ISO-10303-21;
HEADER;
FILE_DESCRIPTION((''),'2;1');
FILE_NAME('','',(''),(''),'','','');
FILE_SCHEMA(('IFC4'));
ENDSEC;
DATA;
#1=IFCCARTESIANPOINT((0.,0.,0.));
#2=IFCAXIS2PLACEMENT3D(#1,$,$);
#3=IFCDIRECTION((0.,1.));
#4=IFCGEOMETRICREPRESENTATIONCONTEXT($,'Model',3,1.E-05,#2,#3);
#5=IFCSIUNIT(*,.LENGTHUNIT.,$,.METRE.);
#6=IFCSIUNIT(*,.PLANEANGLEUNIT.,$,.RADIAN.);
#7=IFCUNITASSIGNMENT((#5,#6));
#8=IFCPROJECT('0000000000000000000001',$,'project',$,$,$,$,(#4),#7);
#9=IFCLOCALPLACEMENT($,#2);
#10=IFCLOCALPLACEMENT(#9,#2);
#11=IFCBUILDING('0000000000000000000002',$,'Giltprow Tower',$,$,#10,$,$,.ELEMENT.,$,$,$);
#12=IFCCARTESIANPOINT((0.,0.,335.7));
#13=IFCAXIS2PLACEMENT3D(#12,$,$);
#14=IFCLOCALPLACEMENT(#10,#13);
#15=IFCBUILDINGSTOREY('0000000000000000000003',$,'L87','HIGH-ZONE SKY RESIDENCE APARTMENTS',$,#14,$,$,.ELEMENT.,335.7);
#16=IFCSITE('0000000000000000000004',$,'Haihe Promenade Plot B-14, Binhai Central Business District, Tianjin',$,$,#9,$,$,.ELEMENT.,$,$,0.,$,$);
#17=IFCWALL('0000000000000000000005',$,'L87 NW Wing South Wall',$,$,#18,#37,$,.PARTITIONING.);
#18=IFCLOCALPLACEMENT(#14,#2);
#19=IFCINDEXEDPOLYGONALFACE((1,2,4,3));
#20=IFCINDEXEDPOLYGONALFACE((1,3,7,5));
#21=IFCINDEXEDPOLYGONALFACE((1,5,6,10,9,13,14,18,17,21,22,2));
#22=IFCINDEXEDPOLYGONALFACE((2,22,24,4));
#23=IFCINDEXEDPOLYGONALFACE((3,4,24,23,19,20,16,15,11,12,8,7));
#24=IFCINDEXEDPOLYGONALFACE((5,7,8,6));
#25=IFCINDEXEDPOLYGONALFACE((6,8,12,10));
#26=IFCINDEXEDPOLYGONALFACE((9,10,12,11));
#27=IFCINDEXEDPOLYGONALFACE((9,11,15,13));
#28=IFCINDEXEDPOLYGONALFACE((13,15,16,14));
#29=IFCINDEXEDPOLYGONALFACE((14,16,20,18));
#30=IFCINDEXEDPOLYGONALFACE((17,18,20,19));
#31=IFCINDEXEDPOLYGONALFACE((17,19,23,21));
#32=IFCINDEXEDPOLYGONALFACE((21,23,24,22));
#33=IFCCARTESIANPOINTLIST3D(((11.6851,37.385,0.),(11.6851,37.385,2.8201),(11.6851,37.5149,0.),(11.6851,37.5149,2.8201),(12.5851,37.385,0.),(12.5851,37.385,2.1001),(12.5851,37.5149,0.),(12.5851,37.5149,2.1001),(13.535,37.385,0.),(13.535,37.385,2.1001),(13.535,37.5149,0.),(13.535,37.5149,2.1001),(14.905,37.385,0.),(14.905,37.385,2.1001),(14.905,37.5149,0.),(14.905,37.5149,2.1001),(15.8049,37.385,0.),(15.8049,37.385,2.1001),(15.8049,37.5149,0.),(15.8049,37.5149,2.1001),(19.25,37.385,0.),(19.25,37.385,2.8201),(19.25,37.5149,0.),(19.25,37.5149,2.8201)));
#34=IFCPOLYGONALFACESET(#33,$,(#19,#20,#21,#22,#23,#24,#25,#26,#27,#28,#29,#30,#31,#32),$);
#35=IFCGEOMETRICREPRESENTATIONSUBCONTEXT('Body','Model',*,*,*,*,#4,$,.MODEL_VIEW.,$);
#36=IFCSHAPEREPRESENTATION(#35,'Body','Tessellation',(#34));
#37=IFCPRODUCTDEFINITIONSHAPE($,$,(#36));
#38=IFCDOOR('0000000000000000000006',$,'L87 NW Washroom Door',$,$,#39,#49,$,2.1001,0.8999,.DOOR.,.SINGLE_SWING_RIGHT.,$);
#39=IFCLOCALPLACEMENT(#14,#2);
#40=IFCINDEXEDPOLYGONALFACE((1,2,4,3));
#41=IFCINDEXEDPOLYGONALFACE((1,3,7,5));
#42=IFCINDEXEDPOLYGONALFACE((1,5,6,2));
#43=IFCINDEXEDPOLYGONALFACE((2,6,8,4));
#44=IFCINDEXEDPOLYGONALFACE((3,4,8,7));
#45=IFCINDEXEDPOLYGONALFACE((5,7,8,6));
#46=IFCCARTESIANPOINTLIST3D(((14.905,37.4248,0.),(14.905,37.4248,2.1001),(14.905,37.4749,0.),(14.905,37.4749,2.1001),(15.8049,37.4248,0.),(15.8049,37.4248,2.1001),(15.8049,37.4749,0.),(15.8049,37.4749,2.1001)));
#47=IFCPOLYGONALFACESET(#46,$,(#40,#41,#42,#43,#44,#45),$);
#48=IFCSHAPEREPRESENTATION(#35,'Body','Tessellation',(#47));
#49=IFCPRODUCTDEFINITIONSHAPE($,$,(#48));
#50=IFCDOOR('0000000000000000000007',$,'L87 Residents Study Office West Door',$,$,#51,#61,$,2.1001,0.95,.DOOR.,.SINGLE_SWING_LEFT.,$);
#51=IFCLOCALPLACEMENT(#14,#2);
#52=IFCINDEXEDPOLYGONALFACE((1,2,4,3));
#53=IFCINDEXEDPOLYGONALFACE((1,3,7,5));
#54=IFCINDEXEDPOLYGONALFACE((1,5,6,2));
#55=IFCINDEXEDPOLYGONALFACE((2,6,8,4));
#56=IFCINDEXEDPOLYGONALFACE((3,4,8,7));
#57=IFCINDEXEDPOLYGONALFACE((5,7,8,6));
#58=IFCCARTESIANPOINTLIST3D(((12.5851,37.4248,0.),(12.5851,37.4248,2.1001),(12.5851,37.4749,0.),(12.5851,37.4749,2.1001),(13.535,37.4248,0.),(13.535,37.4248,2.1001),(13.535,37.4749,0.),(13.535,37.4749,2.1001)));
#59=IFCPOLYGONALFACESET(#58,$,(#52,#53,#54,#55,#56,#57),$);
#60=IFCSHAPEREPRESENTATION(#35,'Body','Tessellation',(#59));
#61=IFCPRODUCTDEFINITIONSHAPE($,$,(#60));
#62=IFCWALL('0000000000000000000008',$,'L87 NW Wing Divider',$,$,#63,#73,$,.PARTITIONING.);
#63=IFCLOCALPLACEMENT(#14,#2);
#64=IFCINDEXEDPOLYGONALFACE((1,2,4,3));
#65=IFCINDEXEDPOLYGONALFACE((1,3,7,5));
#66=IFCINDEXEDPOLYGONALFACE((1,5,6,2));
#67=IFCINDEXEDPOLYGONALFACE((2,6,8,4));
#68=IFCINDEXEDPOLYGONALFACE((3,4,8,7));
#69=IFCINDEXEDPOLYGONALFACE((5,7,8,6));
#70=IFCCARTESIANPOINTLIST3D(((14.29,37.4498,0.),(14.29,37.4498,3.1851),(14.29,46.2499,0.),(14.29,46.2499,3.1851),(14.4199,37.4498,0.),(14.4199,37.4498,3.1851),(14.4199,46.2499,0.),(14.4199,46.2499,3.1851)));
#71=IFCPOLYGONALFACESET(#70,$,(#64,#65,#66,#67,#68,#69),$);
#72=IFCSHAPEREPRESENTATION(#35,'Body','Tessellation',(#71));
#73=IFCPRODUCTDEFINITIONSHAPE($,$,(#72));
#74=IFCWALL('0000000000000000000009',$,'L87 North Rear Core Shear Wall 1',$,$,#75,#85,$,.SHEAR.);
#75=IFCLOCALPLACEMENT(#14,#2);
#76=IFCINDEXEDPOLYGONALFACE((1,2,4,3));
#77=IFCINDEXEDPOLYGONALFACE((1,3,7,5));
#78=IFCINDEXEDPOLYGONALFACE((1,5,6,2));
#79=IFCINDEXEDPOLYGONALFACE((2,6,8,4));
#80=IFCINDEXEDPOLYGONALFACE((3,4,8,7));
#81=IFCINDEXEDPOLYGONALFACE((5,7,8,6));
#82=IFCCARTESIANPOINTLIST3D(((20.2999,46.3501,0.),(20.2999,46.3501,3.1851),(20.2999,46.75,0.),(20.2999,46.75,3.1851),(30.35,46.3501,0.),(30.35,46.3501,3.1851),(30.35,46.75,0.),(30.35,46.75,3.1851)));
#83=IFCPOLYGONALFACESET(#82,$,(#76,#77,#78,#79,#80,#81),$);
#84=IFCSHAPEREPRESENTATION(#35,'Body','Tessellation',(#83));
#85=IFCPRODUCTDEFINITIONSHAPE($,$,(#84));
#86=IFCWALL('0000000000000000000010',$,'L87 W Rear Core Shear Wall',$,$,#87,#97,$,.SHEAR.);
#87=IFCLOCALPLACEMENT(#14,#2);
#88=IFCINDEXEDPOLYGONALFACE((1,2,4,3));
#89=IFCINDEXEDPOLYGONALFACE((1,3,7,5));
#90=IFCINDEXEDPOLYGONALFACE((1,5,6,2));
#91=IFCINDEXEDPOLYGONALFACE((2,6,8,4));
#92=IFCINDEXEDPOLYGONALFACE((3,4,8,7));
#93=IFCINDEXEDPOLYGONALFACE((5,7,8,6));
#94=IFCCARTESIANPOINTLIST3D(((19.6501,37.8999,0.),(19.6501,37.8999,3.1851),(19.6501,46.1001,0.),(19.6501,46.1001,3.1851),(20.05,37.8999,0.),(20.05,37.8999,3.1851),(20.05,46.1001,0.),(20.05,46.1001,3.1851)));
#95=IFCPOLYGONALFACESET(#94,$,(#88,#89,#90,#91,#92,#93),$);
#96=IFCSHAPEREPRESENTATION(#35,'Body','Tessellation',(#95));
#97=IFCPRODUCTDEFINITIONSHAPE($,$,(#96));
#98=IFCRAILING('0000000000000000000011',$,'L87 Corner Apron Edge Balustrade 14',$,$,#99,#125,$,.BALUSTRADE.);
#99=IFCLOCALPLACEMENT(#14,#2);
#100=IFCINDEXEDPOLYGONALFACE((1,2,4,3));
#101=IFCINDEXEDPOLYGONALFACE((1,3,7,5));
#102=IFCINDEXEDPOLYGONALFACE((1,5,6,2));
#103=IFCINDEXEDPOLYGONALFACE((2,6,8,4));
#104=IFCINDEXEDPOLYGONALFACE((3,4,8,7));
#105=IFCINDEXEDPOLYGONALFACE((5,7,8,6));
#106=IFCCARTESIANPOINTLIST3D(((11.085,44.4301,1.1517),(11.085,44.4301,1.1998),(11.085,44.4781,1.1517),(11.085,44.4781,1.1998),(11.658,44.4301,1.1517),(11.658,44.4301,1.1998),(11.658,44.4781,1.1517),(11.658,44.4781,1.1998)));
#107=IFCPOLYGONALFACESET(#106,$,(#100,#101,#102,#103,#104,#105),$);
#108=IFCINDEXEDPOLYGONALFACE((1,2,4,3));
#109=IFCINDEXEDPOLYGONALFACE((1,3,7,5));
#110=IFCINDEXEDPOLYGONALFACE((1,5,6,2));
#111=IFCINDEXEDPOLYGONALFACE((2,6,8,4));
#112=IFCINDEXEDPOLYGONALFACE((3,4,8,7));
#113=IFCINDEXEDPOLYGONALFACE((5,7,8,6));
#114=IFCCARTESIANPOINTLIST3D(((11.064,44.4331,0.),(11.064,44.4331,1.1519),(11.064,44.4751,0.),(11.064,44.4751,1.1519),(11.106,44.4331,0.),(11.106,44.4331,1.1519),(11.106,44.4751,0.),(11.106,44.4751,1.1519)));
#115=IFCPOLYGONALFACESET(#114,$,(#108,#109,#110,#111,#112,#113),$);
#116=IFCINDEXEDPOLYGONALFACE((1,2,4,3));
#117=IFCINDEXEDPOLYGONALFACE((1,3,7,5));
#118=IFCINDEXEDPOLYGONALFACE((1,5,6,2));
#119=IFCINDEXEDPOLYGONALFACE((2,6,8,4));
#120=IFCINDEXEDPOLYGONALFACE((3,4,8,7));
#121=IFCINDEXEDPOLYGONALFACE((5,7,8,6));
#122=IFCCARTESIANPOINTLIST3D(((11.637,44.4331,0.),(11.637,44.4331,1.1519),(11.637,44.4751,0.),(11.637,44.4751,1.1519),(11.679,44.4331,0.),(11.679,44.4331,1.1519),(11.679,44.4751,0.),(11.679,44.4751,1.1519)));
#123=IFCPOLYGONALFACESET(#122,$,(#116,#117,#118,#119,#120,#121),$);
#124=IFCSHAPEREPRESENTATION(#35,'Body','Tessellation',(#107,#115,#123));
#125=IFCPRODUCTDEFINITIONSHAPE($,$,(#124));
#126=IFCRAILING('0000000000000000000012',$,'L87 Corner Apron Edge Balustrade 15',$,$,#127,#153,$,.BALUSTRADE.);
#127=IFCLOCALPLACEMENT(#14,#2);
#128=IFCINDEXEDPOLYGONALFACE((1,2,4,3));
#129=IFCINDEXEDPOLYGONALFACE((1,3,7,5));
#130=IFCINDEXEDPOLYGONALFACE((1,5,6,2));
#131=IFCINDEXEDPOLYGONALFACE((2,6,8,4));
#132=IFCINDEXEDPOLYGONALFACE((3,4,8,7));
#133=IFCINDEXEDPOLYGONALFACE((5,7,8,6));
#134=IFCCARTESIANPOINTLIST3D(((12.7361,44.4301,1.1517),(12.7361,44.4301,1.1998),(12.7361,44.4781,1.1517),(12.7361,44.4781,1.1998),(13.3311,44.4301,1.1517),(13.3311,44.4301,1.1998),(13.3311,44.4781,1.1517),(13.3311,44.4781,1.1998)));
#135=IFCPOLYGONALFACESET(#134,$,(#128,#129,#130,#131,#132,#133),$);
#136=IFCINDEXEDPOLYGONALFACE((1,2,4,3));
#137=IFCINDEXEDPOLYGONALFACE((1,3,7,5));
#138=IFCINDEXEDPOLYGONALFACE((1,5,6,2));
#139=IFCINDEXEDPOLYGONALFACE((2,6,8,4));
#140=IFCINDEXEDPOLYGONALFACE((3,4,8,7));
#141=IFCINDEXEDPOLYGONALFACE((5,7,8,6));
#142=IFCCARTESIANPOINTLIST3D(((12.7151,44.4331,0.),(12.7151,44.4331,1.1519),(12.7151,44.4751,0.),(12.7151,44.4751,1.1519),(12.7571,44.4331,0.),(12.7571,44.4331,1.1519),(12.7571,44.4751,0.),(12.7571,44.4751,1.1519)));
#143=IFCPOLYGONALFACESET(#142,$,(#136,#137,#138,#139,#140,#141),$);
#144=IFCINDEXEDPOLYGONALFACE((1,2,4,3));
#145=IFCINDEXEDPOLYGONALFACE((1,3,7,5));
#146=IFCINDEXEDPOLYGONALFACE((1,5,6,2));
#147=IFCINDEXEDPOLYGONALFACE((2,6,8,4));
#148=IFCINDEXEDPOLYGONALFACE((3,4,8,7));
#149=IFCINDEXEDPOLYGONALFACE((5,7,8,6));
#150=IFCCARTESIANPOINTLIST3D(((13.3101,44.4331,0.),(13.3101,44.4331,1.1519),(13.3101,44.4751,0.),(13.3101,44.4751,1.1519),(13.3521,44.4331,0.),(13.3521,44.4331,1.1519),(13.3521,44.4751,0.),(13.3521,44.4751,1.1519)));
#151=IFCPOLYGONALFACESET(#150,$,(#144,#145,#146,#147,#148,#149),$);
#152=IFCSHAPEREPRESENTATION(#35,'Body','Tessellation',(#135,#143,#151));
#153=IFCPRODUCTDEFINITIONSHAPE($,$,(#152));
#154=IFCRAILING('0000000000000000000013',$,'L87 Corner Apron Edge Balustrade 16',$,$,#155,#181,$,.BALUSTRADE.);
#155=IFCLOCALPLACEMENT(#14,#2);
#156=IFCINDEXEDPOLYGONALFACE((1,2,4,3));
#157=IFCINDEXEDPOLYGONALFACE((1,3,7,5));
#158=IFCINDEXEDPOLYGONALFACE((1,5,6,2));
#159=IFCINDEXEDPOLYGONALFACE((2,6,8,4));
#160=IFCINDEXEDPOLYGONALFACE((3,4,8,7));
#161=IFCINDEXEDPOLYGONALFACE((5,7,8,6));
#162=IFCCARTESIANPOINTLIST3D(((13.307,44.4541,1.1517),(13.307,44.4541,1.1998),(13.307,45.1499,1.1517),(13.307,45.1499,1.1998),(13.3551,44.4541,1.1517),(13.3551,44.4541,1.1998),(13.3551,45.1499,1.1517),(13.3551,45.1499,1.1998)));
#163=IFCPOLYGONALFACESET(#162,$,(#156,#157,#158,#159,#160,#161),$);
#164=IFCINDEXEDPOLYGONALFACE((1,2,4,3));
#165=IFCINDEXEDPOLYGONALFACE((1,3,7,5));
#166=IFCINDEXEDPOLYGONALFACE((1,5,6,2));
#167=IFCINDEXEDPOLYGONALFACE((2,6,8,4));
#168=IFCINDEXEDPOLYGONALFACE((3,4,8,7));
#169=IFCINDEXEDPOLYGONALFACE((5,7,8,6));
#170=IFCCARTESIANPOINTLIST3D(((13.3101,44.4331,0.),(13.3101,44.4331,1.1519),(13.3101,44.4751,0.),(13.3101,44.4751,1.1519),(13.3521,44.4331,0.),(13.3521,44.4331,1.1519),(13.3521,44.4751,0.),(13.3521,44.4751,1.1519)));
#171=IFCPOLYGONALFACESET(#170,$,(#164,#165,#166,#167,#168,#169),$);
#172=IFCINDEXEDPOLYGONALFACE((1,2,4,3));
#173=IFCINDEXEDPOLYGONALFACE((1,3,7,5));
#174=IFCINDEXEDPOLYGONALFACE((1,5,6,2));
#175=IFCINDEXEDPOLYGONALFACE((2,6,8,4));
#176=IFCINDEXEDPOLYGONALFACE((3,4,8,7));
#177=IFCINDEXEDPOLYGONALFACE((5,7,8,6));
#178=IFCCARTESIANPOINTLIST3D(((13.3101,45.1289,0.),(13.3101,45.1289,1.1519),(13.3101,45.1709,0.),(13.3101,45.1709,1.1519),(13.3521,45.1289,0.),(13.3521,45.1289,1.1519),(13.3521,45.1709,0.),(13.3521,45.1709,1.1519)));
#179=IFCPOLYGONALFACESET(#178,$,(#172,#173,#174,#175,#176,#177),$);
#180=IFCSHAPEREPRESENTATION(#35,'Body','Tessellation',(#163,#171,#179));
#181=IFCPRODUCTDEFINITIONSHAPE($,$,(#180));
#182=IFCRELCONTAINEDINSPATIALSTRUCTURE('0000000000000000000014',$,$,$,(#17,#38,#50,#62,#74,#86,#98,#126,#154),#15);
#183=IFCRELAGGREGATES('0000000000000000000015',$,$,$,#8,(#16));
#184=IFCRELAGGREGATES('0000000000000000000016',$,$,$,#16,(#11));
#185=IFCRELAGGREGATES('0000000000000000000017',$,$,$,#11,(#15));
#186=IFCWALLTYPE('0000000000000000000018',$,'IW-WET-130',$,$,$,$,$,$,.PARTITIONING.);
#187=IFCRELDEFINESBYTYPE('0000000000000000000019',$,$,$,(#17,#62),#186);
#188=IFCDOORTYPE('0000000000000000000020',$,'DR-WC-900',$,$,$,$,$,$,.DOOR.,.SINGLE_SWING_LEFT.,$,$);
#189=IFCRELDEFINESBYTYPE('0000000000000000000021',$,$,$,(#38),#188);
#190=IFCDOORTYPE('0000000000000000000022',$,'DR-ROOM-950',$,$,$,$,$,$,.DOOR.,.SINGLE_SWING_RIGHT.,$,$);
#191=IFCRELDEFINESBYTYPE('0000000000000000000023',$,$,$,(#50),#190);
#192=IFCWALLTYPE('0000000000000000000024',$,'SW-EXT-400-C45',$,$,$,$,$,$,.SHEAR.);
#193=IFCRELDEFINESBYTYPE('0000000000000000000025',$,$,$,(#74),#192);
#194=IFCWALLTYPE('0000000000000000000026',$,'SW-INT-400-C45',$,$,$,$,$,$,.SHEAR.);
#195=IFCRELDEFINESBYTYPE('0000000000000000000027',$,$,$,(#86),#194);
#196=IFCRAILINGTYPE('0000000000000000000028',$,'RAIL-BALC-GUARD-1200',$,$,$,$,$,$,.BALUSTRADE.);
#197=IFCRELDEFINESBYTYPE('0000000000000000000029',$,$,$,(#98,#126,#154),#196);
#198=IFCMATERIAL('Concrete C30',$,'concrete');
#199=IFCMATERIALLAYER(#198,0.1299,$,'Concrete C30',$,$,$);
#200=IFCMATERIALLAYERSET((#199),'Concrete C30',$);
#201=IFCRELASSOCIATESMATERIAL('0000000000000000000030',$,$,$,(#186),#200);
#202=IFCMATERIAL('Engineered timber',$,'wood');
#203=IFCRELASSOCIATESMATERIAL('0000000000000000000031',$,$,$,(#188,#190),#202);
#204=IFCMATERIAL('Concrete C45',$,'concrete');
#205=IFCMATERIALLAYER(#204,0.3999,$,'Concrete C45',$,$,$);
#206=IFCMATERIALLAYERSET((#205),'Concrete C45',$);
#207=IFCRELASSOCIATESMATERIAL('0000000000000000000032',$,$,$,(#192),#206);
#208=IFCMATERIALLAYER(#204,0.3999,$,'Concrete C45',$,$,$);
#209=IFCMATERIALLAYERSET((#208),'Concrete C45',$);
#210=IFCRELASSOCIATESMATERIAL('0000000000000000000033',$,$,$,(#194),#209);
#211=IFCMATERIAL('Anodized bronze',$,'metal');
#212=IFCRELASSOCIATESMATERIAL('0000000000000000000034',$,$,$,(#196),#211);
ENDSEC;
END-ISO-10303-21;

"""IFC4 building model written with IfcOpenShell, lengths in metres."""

from ifc_helpers import new_model, si_unit, direction, frame, frame_2d, origin, origin_2d, place, context, subcontext, project, spatial, rectangle, extrude, source, transform, mapped, material, layer, layer_set, type_object, element, fill, save


model = new_model("IFC4")

# Units and contexts
model_context = context("Model", 3, precision=1e-05, world=origin(), true_north=direction((0.0, 1.0)))
body_context = subcontext(model_context, "Body", "Model", "MODEL_VIEW")
ifc_project = project(units=[si_unit("LENGTHUNIT", "METRE"), si_unit("PLANEANGLEUNIT", "RADIAN")], contexts=[model_context])

# Site, building, storey
site_placement = place(None, origin())
site = spatial("IfcSite", under=ifc_project, at=site_placement, Name="Haihe Promenade Plot B-14, Binhai Central Business District, Tianjin", CompositionType="ELEMENT", RefElevation=0.0)
building_placement = place(site_placement, origin())
building = spatial("IfcBuilding", under=site, at=building_placement, Name="Giltprow Tower", CompositionType="ELEMENT")
storey_placement = place(building_placement, frame((0.0, 0.0, 335.7)))
storey = spatial("IfcBuildingStorey", under=building, at=storey_placement, Name="L87", Description="HIGH-ZONE SKY RESIDENCE APARTMENTS", CompositionType="ELEMENT", Elevation=335.7)

# Shared definitions
ifc_material_1 = material(Name="Concrete C45", Category="concrete")

# Wall, openings, doors
ifc_material_2 = material(Name="Concrete C30", Category="concrete")
ifc_layer_1 = layer(ifc_material_2, 0.1299, Name="Concrete C30")
ifc_layer_set_1 = layer_set([ifc_layer_1], Name="Concrete C30")
wall_type_1 = type_object("IfcWallType", Name="IW-WET-130", PredefinedType="PARTITIONING", material=ifc_layer_set_1)
wall_1_placement = place(storey_placement, frame((11.6851, 37.45, 0.0), z_axis=(0.0, 0.0, 1.0), x_axis=(1.0, 0.0, 0.0)))
wall_1 = element("IfcWall", 1, at=wall_1_placement, inside=storey, type_object=wall_type_1, Name="L87 NW Wing South Wall", PredefinedType="PARTITIONING", context=body_context, shape_type="SweptSolid", body=[
    extrude(rectangle(XDim=7.5649, YDim=0.1299, at=frame_2d((3.7825, 0.0))), origin(), (0.0, 0.0, 1.0), 2.8201),
])
opening_1_placement = place(wall_1_placement, frame((0.8999, 0.0, 0.0)))
opening_1 = element("IfcOpeningElement", 2, at=opening_1_placement, cuts=wall_1, PredefinedType="OPENING", context=body_context, shape_type="SweptSolid", body=[
    extrude(rectangle(XDim=0.95, YDim=2.1001, at=frame_2d((0.4751, 1.05))), frame((0.0, 0.075, 0.0), z_axis=(0.0, -1.0, 0.0), x_axis=(1.0, 0.0, 0.0)), (0.0, 0.0, 1.0), 0.1499),
])
opening_2_placement = place(wall_1_placement, frame((3.22, 0.0, 0.0)))
opening_2 = element("IfcOpeningElement", 3, at=opening_2_placement, cuts=wall_1, PredefinedType="OPENING", context=body_context, shape_type="SweptSolid", body=[
    extrude(rectangle(XDim=0.8999, YDim=2.1001, at=frame_2d((0.45, 1.05))), frame((0.0, 0.075, 0.0), z_axis=(0.0, -1.0, 0.0), x_axis=(1.0, 0.0, 0.0)), (0.0, 0.0, 1.0), 0.1499),
])
ifc_material_3 = material(Name="Engineered timber", Category="wood")
door_type_1 = type_object("IfcDoorType", Name="DR-WC-900", OperationType="SINGLE_SWING_LEFT", PredefinedType="DOOR", material=ifc_material_3)
shared_shape_1 = source(origin(), body_context, "Body", "SweptSolid", [
    extrude(rectangle(XDim=0.8999, YDim=2.1001, at=frame_2d((0.45, 1.05))), frame((0.0, 0.0249, 0.0), z_axis=(0.0, -1.0, 0.0), x_axis=(1.0, 0.0, 0.0)), (0.0, 0.0, 1.0), 0.05),
])
door_1_placement = place(opening_2_placement, origin())
door_1 = element("IfcDoor", 4, at=door_1_placement, inside=storey, type_object=door_type_1, Name="L87 NW Washroom Door", OperationType="SINGLE_SWING_RIGHT", OverallHeight=2.1001, OverallWidth=0.8999, PredefinedType="DOOR", context=body_context, shape_type="MappedRepresentation", body=[
    mapped(shared_shape_1, transform((0.0, 0.0, 0.0), x_axis=(1.0, 0.0, 0.0), y_axis=(0.0, 1.0, 0.0), z_axis=(0.0, 0.0, 1.0), scale=1.0)),
])
fill(opening_2, door_1)
door_type_2 = type_object("IfcDoorType", Name="DR-ROOM-950", OperationType="SINGLE_SWING_RIGHT", PredefinedType="DOOR", material=ifc_material_3)
shared_shape_2 = source(origin(), body_context, "Body", "SweptSolid", [
    extrude(rectangle(XDim=0.95, YDim=2.1001, at=frame_2d((0.4751, 1.05))), frame((0.0, 0.0249, 0.0), z_axis=(0.0, -1.0, 0.0), x_axis=(1.0, 0.0, 0.0)), (0.0, 0.0, 1.0), 0.05),
])
door_2_placement = place(opening_1_placement, origin())
door_2 = element("IfcDoor", 5, at=door_2_placement, inside=storey, type_object=door_type_2, Name="L87 Residents Study Office West Door", OperationType="SINGLE_SWING_LEFT", OverallHeight=2.1001, OverallWidth=0.95, PredefinedType="DOOR", context=body_context, shape_type="MappedRepresentation", body=[
    mapped(shared_shape_2, transform((0.0, 0.0, 0.0), x_axis=(1.0, 0.0, 0.0), y_axis=(0.0, 1.0, 0.0), z_axis=(0.0, 0.0, 1.0), scale=1.0)),
])
fill(opening_1, door_2)

# Walls
wall_2_placement = place(storey_placement, frame((14.355, 37.45, 0.0), z_axis=(0.0, 0.0, 1.0), x_axis=(0.0, 1.0, 0.0)))
element("IfcWall", 6, at=wall_2_placement, inside=storey, type_object=wall_type_1, Name="L87 NW Wing Divider", PredefinedType="PARTITIONING", context=body_context, shape_type="SweptSolid", body=[
    extrude(rectangle(XDim=8.8, YDim=0.1299, at=frame_2d((4.3999, 0.0))), origin(), (0.0, 0.0, 1.0), 3.1851),
])
ifc_layer_2 = layer(ifc_material_1, 0.3999, Name="Concrete C45")
ifc_layer_set_2 = layer_set([ifc_layer_2], Name="Concrete C45")
wall_type_2 = type_object("IfcWallType", Name="SW-EXT-400-C45", PredefinedType="SHEAR", material=ifc_layer_set_2)
wall_3_placement = place(storey_placement, frame((20.3, 46.55, 0.0), z_axis=(0.0, 0.0, 1.0), x_axis=(1.0, 0.0, 0.0)))
element("IfcWall", 7, at=wall_3_placement, inside=storey, type_object=wall_type_2, Name="L87 North Rear Core Shear Wall 1", PredefinedType="SHEAR", context=body_context, shape_type="SweptSolid", body=[
    extrude(rectangle(XDim=10.05, YDim=0.3999, at=frame_2d((5.0249, 0.0))), origin(), (0.0, 0.0, 1.0), 3.1851),
])

# Shared definitions
ifc_layer_3 = layer(ifc_material_1, 0.3999, Name="Concrete C45")
ifc_layer_set_3 = layer_set([ifc_layer_3], Name="Concrete C45")
wall_type_3 = type_object("IfcWallType", Name="SW-INT-400-C45", PredefinedType="SHEAR", material=ifc_layer_set_3)

# Wall
wall_4_placement = place(storey_placement, frame((19.8501, 37.8999, 0.0), z_axis=(0.0, 0.0, 1.0), x_axis=(0.0, 1.0, 0.0)))
element("IfcWall", 8, at=wall_4_placement, inside=storey, type_object=wall_type_3, Name="L87 W Rear Core Shear Wall", PredefinedType="SHEAR", context=body_context, shape_type="SweptSolid", body=[
    extrude(rectangle(XDim=8.2002, YDim=0.3999, at=frame_2d((4.1001, 0.0))), origin(), (0.0, 0.0, 1.0), 3.1851),
])

# Railings
ifc_material_4 = material(Name="Anodized bronze", Category="metal")
railing_type_1 = type_object("IfcRailingType", Name="RAIL-BALC-GUARD-1200", PredefinedType="BALUSTRADE", material=ifc_material_4)
railing_1_placement = place(storey_placement, frame((11.085, 44.4541, 0.0)))
element("IfcRailing", 9, at=railing_1_placement, inside=storey, type_object=railing_type_1, Name="L87 Corner Apron Edge Balustrade 14", PredefinedType="BALUSTRADE", context=body_context, shape_type="SweptSolid", body=[
    extrude(rectangle(XDim=0.0481, YDim=0.0481, at=origin_2d()), frame((0.0, 0.0, 1.1758), z_axis=(1.0, 0.0, 0.0), x_axis=(0.0, 1.0, 0.0)), (0.0, 0.0, 1.0), 0.573),
    extrude(rectangle(XDim=0.042, YDim=0.042, at=origin_2d()), origin(), (0.0, 0.0, 1.0), 1.1519),
    extrude(rectangle(XDim=0.042, YDim=0.042, at=origin_2d()), frame((0.573, 0.0, 0.0)), (0.0, 0.0, 1.0), 1.1519),
])
railing_2_placement = place(storey_placement, frame((12.7361, 44.4541, 0.0)))
element("IfcRailing", 10, at=railing_2_placement, inside=storey, type_object=railing_type_1, Name="L87 Corner Apron Edge Balustrade 15", PredefinedType="BALUSTRADE", context=body_context, shape_type="SweptSolid", body=[
    extrude(rectangle(XDim=0.0481, YDim=0.0481, at=origin_2d()), frame((0.0, 0.0, 1.1758), z_axis=(1.0, 0.0, 0.0), x_axis=(0.0, 1.0, 0.0)), (0.0, 0.0, 1.0), 0.595),
    extrude(rectangle(XDim=0.042, YDim=0.042, at=origin_2d()), origin(), (0.0, 0.0, 1.0), 1.1519),
    extrude(rectangle(XDim=0.042, YDim=0.042, at=origin_2d()), frame((0.595, 0.0, 0.0)), (0.0, 0.0, 1.0), 1.1519),
])
railing_3_placement = place(storey_placement, frame((13.3311, 44.4541, 0.0)))
element("IfcRailing", 11, at=railing_3_placement, inside=storey, type_object=railing_type_1, Name="L87 Corner Apron Edge Balustrade 16", PredefinedType="BALUSTRADE", context=body_context, shape_type="SweptSolid", body=[
    extrude(rectangle(XDim=0.0481, YDim=0.0481, at=origin_2d()), frame((0.0, 0.0, 1.1758), z_axis=(0.0, 1.0, 0.0), x_axis=(-1.0, 0.0, 0.0)), (0.0, 0.0, 1.0), 0.6958),
    extrude(rectangle(XDim=0.042, YDim=0.042, at=origin_2d()), origin(), (0.0, 0.0, 1.0), 1.1519),
    extrude(rectangle(XDim=0.042, YDim=0.042, at=origin_2d()), frame((0.0, 0.6958, 0.0)), (0.0, 0.0, 1.0), 1.1519),
])

save(model, "model.ifc")
